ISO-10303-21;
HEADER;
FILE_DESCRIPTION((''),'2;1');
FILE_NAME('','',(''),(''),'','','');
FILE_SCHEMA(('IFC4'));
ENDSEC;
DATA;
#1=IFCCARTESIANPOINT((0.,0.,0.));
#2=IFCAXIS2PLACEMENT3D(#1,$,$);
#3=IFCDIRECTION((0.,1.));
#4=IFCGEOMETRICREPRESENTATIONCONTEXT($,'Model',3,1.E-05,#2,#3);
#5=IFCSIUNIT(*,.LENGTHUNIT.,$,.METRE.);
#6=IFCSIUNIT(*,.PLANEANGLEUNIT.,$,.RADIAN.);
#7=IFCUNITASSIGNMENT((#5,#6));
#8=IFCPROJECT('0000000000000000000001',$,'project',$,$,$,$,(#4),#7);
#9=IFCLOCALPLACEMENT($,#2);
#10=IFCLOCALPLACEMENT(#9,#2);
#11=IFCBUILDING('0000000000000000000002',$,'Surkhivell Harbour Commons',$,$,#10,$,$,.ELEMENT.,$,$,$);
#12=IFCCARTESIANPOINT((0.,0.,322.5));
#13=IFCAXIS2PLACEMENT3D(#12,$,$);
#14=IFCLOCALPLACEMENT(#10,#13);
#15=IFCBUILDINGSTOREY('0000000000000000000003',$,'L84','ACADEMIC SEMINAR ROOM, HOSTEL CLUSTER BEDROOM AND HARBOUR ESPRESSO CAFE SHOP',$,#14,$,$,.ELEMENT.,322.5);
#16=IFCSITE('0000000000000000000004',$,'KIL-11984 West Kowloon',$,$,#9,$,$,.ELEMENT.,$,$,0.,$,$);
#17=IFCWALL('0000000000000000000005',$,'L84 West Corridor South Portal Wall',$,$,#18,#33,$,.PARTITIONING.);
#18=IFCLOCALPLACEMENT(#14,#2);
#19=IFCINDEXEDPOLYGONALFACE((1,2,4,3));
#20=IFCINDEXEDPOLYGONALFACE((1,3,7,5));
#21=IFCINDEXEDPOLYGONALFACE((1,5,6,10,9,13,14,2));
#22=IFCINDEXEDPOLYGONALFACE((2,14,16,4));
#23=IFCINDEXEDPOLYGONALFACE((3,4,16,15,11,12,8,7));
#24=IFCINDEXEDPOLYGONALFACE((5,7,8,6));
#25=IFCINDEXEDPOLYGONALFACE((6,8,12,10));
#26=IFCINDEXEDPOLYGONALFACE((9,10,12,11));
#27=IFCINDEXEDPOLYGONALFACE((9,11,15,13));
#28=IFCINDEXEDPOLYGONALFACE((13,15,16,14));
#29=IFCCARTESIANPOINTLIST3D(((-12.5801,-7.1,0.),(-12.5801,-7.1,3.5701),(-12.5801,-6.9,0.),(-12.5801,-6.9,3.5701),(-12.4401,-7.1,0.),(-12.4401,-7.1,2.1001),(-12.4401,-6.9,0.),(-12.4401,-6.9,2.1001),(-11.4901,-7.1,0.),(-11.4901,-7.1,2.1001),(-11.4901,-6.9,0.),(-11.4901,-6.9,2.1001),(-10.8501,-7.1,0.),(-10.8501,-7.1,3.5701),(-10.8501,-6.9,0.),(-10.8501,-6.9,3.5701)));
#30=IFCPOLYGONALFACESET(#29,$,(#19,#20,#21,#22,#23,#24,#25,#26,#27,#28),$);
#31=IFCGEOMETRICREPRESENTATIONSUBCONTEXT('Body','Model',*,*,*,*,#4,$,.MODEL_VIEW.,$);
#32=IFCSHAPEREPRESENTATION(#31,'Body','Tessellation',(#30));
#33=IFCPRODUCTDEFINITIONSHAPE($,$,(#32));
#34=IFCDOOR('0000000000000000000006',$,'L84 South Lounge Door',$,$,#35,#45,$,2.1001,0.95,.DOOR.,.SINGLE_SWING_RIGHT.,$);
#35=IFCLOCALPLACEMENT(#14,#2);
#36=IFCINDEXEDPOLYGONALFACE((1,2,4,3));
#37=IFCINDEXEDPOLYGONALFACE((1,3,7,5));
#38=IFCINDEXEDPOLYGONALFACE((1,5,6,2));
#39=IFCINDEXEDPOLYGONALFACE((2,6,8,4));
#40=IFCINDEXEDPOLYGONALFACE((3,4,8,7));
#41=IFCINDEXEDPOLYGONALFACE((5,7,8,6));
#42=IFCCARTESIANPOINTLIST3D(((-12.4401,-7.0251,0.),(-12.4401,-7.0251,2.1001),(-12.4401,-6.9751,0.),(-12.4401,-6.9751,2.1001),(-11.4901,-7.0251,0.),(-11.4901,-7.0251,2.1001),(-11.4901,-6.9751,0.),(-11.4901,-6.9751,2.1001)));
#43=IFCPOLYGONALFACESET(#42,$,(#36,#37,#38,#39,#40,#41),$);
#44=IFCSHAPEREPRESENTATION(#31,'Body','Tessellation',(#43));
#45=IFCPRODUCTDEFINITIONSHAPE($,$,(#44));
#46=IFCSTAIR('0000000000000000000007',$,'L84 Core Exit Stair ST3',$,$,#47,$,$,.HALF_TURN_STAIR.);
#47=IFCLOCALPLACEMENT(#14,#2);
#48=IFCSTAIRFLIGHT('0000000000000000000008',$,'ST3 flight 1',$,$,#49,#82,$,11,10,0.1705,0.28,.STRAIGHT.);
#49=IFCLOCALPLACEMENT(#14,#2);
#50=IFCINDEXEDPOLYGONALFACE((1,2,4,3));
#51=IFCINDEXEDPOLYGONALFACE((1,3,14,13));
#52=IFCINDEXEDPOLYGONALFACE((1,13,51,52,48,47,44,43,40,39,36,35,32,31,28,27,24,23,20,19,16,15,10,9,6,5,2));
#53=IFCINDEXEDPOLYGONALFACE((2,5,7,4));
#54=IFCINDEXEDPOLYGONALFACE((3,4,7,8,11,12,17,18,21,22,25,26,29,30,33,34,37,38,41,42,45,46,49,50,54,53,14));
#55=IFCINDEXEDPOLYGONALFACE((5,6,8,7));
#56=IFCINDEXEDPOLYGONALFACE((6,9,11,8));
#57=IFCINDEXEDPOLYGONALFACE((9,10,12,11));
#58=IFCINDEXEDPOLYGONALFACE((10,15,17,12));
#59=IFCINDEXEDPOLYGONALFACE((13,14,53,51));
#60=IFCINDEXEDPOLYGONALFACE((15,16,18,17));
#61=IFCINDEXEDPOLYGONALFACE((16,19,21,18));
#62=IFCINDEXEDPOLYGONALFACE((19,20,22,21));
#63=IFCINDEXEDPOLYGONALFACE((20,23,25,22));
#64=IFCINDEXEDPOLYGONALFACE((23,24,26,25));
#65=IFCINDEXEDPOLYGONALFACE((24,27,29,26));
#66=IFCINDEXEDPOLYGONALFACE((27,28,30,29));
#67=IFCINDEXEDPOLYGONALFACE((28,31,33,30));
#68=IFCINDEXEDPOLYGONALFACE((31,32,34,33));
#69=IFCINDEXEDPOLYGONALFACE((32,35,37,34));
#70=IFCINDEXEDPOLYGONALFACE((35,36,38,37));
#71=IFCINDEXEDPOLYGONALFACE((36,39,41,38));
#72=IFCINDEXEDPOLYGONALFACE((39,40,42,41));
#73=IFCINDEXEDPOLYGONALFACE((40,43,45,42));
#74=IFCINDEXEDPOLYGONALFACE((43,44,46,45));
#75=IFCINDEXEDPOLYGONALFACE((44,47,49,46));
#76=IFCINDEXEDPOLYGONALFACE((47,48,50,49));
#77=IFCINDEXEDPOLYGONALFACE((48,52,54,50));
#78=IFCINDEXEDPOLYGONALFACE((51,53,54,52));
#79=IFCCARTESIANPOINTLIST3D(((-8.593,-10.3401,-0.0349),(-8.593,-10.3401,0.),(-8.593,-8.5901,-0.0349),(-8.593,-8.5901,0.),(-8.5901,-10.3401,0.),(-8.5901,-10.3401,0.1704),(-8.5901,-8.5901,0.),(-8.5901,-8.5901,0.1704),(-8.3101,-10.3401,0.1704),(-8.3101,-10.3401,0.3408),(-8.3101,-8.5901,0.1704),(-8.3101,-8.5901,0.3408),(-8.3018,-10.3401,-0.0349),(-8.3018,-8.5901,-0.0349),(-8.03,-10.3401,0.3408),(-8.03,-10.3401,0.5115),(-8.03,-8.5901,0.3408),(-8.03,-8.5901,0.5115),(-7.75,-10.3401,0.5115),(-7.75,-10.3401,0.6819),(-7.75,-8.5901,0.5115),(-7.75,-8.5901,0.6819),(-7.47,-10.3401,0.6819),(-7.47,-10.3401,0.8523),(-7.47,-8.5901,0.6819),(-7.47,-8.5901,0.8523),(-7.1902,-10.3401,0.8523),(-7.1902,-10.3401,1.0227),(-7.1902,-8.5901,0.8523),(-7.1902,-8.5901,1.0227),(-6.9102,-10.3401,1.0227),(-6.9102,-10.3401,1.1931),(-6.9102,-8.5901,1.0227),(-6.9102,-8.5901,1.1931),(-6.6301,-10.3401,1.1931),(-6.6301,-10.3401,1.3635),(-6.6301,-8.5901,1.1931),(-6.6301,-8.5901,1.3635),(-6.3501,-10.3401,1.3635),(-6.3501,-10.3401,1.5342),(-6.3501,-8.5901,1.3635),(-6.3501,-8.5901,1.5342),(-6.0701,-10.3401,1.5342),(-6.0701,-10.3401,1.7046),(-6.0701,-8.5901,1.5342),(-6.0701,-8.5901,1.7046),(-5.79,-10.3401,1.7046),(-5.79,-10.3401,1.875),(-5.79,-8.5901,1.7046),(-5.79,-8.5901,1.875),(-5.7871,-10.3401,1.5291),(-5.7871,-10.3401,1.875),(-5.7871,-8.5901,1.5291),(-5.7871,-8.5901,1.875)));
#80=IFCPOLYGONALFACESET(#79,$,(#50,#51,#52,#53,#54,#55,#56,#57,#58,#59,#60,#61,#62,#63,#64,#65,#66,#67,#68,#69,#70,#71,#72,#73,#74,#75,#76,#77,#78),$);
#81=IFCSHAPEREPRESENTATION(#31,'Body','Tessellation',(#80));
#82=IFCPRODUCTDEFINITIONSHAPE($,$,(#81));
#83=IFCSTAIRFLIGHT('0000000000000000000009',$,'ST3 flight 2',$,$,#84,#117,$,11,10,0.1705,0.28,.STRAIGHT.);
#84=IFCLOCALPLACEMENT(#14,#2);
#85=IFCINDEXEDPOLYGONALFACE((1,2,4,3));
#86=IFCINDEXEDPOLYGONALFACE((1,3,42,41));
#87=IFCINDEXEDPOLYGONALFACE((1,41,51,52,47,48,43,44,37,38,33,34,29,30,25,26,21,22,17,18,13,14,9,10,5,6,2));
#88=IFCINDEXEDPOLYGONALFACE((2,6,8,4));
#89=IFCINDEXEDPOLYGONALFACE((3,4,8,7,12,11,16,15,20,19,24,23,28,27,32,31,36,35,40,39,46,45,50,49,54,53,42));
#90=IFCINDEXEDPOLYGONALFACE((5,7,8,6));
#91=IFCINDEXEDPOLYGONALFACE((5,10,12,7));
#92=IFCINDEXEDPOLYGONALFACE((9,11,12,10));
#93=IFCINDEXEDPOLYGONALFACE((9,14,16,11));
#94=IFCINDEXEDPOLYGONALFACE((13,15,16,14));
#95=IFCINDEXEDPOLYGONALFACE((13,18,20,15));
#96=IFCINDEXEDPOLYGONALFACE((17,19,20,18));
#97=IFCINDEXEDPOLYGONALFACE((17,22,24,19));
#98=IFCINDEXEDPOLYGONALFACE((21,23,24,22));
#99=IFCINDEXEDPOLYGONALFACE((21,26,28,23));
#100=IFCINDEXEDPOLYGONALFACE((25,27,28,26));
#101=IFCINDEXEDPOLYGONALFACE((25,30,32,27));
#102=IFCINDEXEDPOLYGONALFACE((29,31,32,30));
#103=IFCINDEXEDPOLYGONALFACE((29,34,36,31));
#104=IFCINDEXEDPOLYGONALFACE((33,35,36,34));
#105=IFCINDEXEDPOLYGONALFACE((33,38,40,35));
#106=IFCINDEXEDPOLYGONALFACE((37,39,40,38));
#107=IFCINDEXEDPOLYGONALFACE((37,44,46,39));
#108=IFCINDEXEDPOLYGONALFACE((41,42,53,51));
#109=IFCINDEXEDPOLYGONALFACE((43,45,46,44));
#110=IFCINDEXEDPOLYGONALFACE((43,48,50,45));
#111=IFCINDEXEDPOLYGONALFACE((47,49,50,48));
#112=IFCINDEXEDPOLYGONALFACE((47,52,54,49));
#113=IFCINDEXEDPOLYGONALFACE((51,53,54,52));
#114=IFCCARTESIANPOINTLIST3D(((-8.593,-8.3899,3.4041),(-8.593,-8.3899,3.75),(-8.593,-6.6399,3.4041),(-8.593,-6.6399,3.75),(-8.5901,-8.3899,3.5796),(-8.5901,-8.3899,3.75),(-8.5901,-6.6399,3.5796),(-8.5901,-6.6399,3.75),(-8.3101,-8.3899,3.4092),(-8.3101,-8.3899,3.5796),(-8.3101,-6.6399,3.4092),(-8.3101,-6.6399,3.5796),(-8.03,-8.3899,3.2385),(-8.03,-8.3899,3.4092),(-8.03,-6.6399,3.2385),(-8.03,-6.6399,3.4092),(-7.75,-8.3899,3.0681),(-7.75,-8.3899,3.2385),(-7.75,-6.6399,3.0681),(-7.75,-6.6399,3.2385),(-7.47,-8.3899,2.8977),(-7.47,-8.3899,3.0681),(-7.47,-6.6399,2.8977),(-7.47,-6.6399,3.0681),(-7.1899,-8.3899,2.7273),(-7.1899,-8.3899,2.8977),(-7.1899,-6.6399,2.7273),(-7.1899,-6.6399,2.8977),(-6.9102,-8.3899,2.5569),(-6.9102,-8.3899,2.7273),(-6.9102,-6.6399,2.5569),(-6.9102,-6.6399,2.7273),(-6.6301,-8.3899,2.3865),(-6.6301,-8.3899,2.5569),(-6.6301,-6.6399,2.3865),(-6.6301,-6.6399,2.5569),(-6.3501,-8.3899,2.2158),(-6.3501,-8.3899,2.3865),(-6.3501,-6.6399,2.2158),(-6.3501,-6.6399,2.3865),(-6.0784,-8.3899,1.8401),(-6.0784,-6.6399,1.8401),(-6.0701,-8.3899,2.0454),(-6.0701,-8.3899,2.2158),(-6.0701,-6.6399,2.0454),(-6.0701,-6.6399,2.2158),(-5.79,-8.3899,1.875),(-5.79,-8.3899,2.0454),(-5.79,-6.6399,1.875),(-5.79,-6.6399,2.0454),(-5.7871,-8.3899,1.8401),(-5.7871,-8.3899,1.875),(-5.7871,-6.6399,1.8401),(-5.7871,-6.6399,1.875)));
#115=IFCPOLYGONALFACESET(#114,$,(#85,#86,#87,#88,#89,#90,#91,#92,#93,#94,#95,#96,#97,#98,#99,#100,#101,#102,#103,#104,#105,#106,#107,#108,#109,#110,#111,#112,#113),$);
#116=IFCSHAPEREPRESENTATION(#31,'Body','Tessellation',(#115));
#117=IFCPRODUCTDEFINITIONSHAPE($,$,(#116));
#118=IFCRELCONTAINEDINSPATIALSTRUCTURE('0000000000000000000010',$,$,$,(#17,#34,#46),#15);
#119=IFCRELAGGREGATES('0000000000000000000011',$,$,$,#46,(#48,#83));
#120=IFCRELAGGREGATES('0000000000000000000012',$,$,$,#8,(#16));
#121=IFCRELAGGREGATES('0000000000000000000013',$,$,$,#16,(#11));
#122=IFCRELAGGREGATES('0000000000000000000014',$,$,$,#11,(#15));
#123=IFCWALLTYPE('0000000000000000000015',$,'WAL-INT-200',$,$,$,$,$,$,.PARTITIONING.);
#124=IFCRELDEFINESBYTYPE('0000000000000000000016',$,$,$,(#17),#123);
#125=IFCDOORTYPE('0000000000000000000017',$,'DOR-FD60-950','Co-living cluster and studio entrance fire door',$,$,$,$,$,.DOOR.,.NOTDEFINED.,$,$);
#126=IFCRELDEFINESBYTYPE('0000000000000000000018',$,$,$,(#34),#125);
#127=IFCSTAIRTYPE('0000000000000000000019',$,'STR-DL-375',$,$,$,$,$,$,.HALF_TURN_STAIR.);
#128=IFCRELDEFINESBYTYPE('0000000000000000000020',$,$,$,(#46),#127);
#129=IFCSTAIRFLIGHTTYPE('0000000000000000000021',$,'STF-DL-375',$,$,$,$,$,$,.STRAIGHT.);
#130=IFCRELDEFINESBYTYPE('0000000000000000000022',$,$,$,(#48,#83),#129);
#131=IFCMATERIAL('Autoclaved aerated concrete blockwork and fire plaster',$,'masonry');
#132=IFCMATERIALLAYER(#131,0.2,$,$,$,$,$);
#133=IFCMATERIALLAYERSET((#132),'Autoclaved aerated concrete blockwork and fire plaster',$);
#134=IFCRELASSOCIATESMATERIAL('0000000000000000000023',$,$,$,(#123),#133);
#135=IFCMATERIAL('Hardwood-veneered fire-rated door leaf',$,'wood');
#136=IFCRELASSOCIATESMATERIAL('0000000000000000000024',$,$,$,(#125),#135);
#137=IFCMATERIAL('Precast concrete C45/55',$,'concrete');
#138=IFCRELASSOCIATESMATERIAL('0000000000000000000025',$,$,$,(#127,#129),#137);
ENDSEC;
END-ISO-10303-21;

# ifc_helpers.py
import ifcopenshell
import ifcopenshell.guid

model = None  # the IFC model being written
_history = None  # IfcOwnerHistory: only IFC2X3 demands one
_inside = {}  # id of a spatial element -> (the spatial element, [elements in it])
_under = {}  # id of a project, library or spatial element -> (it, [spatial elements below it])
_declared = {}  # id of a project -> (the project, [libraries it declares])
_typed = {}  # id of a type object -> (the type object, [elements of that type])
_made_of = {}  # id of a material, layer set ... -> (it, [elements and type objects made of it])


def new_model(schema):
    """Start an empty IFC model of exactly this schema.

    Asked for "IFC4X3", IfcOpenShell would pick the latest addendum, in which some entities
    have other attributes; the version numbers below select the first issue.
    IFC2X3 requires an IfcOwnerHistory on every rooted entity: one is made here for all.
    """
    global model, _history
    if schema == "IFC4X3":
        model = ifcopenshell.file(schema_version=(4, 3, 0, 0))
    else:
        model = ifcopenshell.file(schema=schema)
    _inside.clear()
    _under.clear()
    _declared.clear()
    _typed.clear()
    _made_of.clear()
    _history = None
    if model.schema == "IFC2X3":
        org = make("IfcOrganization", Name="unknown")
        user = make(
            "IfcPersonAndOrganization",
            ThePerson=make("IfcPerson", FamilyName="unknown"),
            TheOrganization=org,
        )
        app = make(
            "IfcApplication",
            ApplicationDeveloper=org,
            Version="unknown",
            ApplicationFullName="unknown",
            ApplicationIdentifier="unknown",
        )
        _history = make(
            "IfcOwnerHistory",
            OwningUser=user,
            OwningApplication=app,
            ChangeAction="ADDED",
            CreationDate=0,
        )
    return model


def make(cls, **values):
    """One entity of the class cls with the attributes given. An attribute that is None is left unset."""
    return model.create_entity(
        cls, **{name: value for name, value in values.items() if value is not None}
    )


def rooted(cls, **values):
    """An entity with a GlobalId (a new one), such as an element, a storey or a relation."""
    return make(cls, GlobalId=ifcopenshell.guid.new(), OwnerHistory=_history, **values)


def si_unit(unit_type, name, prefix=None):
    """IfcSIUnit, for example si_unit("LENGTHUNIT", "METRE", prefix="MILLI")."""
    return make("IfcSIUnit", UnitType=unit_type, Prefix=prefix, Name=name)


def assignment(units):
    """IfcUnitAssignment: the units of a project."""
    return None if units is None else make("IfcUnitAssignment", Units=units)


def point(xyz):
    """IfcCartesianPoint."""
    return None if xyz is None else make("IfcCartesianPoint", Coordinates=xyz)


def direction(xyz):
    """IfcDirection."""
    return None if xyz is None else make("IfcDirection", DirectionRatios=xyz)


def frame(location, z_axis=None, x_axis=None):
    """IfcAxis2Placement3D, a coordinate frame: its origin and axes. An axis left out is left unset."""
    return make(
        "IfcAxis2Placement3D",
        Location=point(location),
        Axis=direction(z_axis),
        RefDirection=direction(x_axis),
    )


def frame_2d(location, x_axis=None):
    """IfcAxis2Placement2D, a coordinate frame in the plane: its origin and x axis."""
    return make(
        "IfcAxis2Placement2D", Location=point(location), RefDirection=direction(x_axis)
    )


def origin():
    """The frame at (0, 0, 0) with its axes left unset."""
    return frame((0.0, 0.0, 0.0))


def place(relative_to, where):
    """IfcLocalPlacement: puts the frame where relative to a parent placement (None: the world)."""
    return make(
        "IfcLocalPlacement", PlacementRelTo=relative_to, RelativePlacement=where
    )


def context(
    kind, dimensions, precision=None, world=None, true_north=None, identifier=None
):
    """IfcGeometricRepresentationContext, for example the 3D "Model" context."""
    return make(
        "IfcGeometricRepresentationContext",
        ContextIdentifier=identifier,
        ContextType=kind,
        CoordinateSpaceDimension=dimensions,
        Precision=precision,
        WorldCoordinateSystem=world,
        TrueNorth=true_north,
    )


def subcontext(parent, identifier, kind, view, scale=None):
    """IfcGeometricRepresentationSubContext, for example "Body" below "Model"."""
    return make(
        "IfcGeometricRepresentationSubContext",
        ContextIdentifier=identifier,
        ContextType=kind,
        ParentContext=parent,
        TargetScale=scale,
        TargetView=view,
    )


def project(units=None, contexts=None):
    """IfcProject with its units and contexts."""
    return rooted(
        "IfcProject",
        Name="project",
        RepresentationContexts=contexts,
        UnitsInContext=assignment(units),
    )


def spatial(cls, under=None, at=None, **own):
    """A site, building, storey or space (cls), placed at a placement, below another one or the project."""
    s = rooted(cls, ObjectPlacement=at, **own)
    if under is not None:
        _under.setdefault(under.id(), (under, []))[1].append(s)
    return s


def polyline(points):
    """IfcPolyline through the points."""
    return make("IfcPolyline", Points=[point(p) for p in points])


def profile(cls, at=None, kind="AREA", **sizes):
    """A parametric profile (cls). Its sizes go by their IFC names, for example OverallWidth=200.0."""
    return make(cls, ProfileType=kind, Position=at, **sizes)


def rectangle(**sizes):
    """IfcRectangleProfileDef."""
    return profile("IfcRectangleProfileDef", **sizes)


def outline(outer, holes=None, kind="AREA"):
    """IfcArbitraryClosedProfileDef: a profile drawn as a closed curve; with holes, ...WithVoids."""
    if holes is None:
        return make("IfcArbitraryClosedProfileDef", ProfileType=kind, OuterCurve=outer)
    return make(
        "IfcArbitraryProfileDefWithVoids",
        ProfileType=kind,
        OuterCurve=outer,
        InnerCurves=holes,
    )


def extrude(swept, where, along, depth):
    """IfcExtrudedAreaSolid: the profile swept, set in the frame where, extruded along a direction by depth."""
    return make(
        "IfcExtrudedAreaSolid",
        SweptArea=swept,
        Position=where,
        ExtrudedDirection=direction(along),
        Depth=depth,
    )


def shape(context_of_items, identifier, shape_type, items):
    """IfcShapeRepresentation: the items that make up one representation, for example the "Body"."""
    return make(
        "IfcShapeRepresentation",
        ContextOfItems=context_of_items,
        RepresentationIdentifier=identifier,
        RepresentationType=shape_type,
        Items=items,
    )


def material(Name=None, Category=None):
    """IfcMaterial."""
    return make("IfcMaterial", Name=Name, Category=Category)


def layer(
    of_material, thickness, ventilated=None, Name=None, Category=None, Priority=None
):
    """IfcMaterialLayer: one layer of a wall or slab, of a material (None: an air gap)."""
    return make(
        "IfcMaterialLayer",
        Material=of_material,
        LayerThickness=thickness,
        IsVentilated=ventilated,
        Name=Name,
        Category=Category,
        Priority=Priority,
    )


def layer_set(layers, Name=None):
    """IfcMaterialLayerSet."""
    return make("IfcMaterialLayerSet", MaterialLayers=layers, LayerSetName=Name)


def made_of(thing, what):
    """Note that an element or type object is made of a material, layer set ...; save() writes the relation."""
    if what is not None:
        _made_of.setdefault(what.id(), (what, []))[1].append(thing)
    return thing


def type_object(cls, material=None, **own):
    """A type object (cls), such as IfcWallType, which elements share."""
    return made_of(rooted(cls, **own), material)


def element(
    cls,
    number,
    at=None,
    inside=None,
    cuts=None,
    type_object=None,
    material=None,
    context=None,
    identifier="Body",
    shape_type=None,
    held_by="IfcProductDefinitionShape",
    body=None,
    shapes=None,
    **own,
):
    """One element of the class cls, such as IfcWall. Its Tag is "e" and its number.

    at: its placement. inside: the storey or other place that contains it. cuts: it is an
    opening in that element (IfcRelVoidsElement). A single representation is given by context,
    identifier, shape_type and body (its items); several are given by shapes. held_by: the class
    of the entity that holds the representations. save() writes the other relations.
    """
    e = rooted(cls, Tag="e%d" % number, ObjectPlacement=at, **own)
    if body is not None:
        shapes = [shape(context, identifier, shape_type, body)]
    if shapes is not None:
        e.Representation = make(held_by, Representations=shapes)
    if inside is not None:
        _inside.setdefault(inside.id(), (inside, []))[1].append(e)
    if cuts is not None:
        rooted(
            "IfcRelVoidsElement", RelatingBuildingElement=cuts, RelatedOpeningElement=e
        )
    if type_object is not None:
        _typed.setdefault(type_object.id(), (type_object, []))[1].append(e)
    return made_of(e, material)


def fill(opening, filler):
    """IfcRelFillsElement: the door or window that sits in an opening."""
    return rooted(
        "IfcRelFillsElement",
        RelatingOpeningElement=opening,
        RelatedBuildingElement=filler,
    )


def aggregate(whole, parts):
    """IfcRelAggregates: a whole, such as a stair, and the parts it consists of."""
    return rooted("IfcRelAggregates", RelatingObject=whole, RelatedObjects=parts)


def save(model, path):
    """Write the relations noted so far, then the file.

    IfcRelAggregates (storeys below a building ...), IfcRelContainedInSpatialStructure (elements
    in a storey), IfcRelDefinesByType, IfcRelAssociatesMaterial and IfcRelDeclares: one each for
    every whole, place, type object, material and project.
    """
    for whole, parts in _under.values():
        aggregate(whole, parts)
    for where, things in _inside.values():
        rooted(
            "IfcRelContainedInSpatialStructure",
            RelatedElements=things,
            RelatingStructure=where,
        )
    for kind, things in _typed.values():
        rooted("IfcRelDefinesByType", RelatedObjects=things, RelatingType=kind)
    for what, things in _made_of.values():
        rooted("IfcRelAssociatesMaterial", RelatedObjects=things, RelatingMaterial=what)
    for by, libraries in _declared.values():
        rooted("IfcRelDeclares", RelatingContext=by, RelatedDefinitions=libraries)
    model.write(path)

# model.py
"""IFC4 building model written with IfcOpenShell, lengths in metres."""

from ifc_helpers import new_model, si_unit, direction, frame, frame_2d, origin, place, context, subcontext, project, spatial, polyline, rectangle, outline, extrude, material, layer, layer_set, type_object, element, fill, aggregate, save


model = new_model("IFC4")

# Units and contexts
model_context = context("Model", 3, precision=1e-05, world=origin(), true_north=direction((0.0, 1.0)))
body_context = subcontext(model_context, "Body", "Model", "MODEL_VIEW")
ifc_project = project(units=[si_unit("LENGTHUNIT", "METRE"), si_unit("PLANEANGLEUNIT", "RADIAN")], contexts=[model_context])

# Site, building, storey
site_placement = place(None, origin())
site = spatial("IfcSite", under=ifc_project, at=site_placement, Name="KIL-11984 West Kowloon", CompositionType="ELEMENT", RefElevation=0.0)
building_placement = place(site_placement, origin())
building = spatial("IfcBuilding", under=site, at=building_placement, Name="Surkhivell Harbour Commons", CompositionType="ELEMENT")
storey_placement = place(building_placement, frame((0.0, 0.0, 322.5)))
storey = spatial("IfcBuildingStorey", under=building, at=storey_placement, Name="L84", Description="ACADEMIC SEMINAR ROOM, HOSTEL CLUSTER BEDROOM AND HARBOUR ESPRESSO CAFE SHOP", CompositionType="ELEMENT", Elevation=322.5)

# Shared definitions
ifc_material_1 = material(Name="Autoclaved aerated concrete blockwork and fire plaster", Category="masonry")
ifc_layer_1 = layer(ifc_material_1, 0.2)
ifc_layer_set_1 = layer_set([ifc_layer_1], Name="Autoclaved aerated concrete blockwork and fire plaster")
wall_type_1 = type_object("IfcWallType", Name="WAL-INT-200", PredefinedType="PARTITIONING", material=ifc_layer_set_1)
ifc_material_2 = material(Name="Hardwood-veneered fire-rated door leaf", Category="wood")
door_type_1 = type_object("IfcDoorType", Name="DOR-FD60-950", Description="Co-living cluster and studio entrance fire door", OperationType="NOTDEFINED", PredefinedType="DOOR", material=ifc_material_2)

# Wall, opening, door
wall_1_placement = place(storey_placement, frame((-12.5801, -7.0, 0.0), z_axis=(0.0, 0.0, 1.0), x_axis=(1.0, 0.0, 0.0)))
wall_1 = element("IfcWall", 1, at=wall_1_placement, inside=storey, type_object=wall_type_1, Name="L84 West Corridor South Portal Wall", PredefinedType="PARTITIONING", context=body_context, shape_type="SweptSolid", body=[
    extrude(rectangle(XDim=1.73, YDim=0.2, at=frame_2d((0.865, 0.0))), origin(), (0.0, 0.0, 1.0), 3.5701),
])
opening_1_placement = place(wall_1_placement, frame((0.1399, 0.0, 0.0)))
opening_1 = element("IfcOpeningElement", 2, at=opening_1_placement, cuts=wall_1, PredefinedType="OPENING", context=body_context, shape_type="SweptSolid", body=[
    extrude(rectangle(XDim=0.95, YDim=2.1001, at=frame_2d((0.4751, 1.05))), frame((0.0, 0.1099, 0.0), z_axis=(0.0, -1.0, 0.0), x_axis=(1.0, 0.0, 0.0)), (0.0, 0.0, 1.0), 0.22),
])
door_1_placement = place(opening_1_placement, origin())
door_1 = element("IfcDoor", 3, at=door_1_placement, inside=storey, type_object=door_type_1, Name="L84 South Lounge Door", OperationType="SINGLE_SWING_RIGHT", OverallHeight=2.1001, OverallWidth=0.95, PredefinedType="DOOR", context=body_context, shape_type="SweptSolid", body=[
    extrude(rectangle(XDim=0.95, YDim=2.1001, at=frame_2d((0.4751, 1.05))), frame((0.0, 0.0249, 0.0), z_axis=(0.0, -1.0, 0.0), x_axis=(1.0, 0.0, 0.0)), (0.0, 0.0, 1.0), 0.05),
])
fill(opening_1, door_1)

# Stair, stair flights
ifc_material_3 = material(Name="Precast concrete C45/55", Category="concrete")
stair_type = type_object("IfcStairType", Name="STR-DL-375", PredefinedType="HALF_TURN_STAIR", material=ifc_material_3)
stair_placement = place(storey_placement, origin())
stair = element("IfcStair", 4, at=stair_placement, inside=storey, type_object=stair_type, Name="L84 Core Exit Stair ST3", PredefinedType="HALF_TURN_STAIR")
stair_flight_type = type_object("IfcStairFlightType", Name="STF-DL-375", PredefinedType="STRAIGHT", material=ifc_material_3)
stair_flight_1_placement = place(storey_placement, frame((-8.5901, -9.4651, 0.0), z_axis=(0.0, 0.0, 1.0), x_axis=(1.0, 0.0, 0.0)))
stair_flight_1 = element("IfcStairFlight", 5, at=stair_flight_1_placement, type_object=stair_flight_type, Name="ST3 flight 1", NumberOfRisers=11, NumberOfTreads=10, PredefinedType="STRAIGHT", RiserHeight=0.1705, TreadLength=0.28, context=body_context, shape_type="SweptSolid", body=[
    extrude(outline(polyline([(-0.0029, -0.0349), (-0.0029, 0.0), (0.0, 0.0), (0.0, 0.1704), (0.28, 0.1704), (0.28, 0.3408), (0.5601, 0.3408), (0.5601, 0.5115), (0.8401, 0.5115), (0.8401, 0.6819), (1.1201, 0.6819), (1.1201, 0.8523), (1.3999, 0.8523), (1.3999, 1.0227), (1.6799, 1.0227), (1.6799, 1.1931), (1.96, 1.1931), (1.96, 1.3635), (2.24, 1.3635), (2.24, 1.5342), (2.52, 1.5342), (2.52, 1.7046), (2.8, 1.7046), (2.8, 1.875), (2.803, 1.875), (2.803, 1.5291), (0.2883, -0.0349), (-0.0029, -0.0349)])), frame((0.0, 0.875, 0.0), z_axis=(0.0, -1.0, 0.0), x_axis=(1.0, 0.0, 0.0)), (0.0, 0.0, 1.0), 1.75),
])
stair_flight_2_placement = place(storey_placement, frame((-5.79, -7.5149, 1.875), z_axis=(0.0, 0.0, 1.0), x_axis=(-1.0, 0.0, 0.0)))
stair_flight_2 = element("IfcStairFlight", 6, at=stair_flight_2_placement, type_object=stair_flight_type, Name="ST3 flight 2", NumberOfRisers=11, NumberOfTreads=10, PredefinedType="STRAIGHT", RiserHeight=0.1705, TreadLength=0.28, context=body_context, shape_type="SweptSolid", body=[
    extrude(outline(polyline([(-0.0029, -0.0349), (-0.0029, 0.0), (0.0, 0.0), (0.0, 0.1704), (0.28, 0.1704), (0.28, 0.3408), (0.5601, 0.3408), (0.5601, 0.5115), (0.8401, 0.5115), (0.8401, 0.6819), (1.1201, 0.6819), (1.1201, 0.8523), (1.3999, 0.8523), (1.3999, 1.0227), (1.6799, 1.0227), (1.6799, 1.1931), (1.96, 1.1931), (1.96, 1.3635), (2.24, 1.3635), (2.24, 1.5342), (2.52, 1.5342), (2.52, 1.7046), (2.8, 1.7046), (2.8, 1.875), (2.803, 1.875), (2.803, 1.5291), (0.2883, -0.0349), (-0.0029, -0.0349)])), frame((0.0, 0.875, 0.0), z_axis=(0.0, -1.0, 0.0), x_axis=(1.0, 0.0, 0.0)), (0.0, 0.0, 1.0), 1.75),
])
aggregate(stair, [stair_flight_1, stair_flight_2])

save(model, "model.ifc")
